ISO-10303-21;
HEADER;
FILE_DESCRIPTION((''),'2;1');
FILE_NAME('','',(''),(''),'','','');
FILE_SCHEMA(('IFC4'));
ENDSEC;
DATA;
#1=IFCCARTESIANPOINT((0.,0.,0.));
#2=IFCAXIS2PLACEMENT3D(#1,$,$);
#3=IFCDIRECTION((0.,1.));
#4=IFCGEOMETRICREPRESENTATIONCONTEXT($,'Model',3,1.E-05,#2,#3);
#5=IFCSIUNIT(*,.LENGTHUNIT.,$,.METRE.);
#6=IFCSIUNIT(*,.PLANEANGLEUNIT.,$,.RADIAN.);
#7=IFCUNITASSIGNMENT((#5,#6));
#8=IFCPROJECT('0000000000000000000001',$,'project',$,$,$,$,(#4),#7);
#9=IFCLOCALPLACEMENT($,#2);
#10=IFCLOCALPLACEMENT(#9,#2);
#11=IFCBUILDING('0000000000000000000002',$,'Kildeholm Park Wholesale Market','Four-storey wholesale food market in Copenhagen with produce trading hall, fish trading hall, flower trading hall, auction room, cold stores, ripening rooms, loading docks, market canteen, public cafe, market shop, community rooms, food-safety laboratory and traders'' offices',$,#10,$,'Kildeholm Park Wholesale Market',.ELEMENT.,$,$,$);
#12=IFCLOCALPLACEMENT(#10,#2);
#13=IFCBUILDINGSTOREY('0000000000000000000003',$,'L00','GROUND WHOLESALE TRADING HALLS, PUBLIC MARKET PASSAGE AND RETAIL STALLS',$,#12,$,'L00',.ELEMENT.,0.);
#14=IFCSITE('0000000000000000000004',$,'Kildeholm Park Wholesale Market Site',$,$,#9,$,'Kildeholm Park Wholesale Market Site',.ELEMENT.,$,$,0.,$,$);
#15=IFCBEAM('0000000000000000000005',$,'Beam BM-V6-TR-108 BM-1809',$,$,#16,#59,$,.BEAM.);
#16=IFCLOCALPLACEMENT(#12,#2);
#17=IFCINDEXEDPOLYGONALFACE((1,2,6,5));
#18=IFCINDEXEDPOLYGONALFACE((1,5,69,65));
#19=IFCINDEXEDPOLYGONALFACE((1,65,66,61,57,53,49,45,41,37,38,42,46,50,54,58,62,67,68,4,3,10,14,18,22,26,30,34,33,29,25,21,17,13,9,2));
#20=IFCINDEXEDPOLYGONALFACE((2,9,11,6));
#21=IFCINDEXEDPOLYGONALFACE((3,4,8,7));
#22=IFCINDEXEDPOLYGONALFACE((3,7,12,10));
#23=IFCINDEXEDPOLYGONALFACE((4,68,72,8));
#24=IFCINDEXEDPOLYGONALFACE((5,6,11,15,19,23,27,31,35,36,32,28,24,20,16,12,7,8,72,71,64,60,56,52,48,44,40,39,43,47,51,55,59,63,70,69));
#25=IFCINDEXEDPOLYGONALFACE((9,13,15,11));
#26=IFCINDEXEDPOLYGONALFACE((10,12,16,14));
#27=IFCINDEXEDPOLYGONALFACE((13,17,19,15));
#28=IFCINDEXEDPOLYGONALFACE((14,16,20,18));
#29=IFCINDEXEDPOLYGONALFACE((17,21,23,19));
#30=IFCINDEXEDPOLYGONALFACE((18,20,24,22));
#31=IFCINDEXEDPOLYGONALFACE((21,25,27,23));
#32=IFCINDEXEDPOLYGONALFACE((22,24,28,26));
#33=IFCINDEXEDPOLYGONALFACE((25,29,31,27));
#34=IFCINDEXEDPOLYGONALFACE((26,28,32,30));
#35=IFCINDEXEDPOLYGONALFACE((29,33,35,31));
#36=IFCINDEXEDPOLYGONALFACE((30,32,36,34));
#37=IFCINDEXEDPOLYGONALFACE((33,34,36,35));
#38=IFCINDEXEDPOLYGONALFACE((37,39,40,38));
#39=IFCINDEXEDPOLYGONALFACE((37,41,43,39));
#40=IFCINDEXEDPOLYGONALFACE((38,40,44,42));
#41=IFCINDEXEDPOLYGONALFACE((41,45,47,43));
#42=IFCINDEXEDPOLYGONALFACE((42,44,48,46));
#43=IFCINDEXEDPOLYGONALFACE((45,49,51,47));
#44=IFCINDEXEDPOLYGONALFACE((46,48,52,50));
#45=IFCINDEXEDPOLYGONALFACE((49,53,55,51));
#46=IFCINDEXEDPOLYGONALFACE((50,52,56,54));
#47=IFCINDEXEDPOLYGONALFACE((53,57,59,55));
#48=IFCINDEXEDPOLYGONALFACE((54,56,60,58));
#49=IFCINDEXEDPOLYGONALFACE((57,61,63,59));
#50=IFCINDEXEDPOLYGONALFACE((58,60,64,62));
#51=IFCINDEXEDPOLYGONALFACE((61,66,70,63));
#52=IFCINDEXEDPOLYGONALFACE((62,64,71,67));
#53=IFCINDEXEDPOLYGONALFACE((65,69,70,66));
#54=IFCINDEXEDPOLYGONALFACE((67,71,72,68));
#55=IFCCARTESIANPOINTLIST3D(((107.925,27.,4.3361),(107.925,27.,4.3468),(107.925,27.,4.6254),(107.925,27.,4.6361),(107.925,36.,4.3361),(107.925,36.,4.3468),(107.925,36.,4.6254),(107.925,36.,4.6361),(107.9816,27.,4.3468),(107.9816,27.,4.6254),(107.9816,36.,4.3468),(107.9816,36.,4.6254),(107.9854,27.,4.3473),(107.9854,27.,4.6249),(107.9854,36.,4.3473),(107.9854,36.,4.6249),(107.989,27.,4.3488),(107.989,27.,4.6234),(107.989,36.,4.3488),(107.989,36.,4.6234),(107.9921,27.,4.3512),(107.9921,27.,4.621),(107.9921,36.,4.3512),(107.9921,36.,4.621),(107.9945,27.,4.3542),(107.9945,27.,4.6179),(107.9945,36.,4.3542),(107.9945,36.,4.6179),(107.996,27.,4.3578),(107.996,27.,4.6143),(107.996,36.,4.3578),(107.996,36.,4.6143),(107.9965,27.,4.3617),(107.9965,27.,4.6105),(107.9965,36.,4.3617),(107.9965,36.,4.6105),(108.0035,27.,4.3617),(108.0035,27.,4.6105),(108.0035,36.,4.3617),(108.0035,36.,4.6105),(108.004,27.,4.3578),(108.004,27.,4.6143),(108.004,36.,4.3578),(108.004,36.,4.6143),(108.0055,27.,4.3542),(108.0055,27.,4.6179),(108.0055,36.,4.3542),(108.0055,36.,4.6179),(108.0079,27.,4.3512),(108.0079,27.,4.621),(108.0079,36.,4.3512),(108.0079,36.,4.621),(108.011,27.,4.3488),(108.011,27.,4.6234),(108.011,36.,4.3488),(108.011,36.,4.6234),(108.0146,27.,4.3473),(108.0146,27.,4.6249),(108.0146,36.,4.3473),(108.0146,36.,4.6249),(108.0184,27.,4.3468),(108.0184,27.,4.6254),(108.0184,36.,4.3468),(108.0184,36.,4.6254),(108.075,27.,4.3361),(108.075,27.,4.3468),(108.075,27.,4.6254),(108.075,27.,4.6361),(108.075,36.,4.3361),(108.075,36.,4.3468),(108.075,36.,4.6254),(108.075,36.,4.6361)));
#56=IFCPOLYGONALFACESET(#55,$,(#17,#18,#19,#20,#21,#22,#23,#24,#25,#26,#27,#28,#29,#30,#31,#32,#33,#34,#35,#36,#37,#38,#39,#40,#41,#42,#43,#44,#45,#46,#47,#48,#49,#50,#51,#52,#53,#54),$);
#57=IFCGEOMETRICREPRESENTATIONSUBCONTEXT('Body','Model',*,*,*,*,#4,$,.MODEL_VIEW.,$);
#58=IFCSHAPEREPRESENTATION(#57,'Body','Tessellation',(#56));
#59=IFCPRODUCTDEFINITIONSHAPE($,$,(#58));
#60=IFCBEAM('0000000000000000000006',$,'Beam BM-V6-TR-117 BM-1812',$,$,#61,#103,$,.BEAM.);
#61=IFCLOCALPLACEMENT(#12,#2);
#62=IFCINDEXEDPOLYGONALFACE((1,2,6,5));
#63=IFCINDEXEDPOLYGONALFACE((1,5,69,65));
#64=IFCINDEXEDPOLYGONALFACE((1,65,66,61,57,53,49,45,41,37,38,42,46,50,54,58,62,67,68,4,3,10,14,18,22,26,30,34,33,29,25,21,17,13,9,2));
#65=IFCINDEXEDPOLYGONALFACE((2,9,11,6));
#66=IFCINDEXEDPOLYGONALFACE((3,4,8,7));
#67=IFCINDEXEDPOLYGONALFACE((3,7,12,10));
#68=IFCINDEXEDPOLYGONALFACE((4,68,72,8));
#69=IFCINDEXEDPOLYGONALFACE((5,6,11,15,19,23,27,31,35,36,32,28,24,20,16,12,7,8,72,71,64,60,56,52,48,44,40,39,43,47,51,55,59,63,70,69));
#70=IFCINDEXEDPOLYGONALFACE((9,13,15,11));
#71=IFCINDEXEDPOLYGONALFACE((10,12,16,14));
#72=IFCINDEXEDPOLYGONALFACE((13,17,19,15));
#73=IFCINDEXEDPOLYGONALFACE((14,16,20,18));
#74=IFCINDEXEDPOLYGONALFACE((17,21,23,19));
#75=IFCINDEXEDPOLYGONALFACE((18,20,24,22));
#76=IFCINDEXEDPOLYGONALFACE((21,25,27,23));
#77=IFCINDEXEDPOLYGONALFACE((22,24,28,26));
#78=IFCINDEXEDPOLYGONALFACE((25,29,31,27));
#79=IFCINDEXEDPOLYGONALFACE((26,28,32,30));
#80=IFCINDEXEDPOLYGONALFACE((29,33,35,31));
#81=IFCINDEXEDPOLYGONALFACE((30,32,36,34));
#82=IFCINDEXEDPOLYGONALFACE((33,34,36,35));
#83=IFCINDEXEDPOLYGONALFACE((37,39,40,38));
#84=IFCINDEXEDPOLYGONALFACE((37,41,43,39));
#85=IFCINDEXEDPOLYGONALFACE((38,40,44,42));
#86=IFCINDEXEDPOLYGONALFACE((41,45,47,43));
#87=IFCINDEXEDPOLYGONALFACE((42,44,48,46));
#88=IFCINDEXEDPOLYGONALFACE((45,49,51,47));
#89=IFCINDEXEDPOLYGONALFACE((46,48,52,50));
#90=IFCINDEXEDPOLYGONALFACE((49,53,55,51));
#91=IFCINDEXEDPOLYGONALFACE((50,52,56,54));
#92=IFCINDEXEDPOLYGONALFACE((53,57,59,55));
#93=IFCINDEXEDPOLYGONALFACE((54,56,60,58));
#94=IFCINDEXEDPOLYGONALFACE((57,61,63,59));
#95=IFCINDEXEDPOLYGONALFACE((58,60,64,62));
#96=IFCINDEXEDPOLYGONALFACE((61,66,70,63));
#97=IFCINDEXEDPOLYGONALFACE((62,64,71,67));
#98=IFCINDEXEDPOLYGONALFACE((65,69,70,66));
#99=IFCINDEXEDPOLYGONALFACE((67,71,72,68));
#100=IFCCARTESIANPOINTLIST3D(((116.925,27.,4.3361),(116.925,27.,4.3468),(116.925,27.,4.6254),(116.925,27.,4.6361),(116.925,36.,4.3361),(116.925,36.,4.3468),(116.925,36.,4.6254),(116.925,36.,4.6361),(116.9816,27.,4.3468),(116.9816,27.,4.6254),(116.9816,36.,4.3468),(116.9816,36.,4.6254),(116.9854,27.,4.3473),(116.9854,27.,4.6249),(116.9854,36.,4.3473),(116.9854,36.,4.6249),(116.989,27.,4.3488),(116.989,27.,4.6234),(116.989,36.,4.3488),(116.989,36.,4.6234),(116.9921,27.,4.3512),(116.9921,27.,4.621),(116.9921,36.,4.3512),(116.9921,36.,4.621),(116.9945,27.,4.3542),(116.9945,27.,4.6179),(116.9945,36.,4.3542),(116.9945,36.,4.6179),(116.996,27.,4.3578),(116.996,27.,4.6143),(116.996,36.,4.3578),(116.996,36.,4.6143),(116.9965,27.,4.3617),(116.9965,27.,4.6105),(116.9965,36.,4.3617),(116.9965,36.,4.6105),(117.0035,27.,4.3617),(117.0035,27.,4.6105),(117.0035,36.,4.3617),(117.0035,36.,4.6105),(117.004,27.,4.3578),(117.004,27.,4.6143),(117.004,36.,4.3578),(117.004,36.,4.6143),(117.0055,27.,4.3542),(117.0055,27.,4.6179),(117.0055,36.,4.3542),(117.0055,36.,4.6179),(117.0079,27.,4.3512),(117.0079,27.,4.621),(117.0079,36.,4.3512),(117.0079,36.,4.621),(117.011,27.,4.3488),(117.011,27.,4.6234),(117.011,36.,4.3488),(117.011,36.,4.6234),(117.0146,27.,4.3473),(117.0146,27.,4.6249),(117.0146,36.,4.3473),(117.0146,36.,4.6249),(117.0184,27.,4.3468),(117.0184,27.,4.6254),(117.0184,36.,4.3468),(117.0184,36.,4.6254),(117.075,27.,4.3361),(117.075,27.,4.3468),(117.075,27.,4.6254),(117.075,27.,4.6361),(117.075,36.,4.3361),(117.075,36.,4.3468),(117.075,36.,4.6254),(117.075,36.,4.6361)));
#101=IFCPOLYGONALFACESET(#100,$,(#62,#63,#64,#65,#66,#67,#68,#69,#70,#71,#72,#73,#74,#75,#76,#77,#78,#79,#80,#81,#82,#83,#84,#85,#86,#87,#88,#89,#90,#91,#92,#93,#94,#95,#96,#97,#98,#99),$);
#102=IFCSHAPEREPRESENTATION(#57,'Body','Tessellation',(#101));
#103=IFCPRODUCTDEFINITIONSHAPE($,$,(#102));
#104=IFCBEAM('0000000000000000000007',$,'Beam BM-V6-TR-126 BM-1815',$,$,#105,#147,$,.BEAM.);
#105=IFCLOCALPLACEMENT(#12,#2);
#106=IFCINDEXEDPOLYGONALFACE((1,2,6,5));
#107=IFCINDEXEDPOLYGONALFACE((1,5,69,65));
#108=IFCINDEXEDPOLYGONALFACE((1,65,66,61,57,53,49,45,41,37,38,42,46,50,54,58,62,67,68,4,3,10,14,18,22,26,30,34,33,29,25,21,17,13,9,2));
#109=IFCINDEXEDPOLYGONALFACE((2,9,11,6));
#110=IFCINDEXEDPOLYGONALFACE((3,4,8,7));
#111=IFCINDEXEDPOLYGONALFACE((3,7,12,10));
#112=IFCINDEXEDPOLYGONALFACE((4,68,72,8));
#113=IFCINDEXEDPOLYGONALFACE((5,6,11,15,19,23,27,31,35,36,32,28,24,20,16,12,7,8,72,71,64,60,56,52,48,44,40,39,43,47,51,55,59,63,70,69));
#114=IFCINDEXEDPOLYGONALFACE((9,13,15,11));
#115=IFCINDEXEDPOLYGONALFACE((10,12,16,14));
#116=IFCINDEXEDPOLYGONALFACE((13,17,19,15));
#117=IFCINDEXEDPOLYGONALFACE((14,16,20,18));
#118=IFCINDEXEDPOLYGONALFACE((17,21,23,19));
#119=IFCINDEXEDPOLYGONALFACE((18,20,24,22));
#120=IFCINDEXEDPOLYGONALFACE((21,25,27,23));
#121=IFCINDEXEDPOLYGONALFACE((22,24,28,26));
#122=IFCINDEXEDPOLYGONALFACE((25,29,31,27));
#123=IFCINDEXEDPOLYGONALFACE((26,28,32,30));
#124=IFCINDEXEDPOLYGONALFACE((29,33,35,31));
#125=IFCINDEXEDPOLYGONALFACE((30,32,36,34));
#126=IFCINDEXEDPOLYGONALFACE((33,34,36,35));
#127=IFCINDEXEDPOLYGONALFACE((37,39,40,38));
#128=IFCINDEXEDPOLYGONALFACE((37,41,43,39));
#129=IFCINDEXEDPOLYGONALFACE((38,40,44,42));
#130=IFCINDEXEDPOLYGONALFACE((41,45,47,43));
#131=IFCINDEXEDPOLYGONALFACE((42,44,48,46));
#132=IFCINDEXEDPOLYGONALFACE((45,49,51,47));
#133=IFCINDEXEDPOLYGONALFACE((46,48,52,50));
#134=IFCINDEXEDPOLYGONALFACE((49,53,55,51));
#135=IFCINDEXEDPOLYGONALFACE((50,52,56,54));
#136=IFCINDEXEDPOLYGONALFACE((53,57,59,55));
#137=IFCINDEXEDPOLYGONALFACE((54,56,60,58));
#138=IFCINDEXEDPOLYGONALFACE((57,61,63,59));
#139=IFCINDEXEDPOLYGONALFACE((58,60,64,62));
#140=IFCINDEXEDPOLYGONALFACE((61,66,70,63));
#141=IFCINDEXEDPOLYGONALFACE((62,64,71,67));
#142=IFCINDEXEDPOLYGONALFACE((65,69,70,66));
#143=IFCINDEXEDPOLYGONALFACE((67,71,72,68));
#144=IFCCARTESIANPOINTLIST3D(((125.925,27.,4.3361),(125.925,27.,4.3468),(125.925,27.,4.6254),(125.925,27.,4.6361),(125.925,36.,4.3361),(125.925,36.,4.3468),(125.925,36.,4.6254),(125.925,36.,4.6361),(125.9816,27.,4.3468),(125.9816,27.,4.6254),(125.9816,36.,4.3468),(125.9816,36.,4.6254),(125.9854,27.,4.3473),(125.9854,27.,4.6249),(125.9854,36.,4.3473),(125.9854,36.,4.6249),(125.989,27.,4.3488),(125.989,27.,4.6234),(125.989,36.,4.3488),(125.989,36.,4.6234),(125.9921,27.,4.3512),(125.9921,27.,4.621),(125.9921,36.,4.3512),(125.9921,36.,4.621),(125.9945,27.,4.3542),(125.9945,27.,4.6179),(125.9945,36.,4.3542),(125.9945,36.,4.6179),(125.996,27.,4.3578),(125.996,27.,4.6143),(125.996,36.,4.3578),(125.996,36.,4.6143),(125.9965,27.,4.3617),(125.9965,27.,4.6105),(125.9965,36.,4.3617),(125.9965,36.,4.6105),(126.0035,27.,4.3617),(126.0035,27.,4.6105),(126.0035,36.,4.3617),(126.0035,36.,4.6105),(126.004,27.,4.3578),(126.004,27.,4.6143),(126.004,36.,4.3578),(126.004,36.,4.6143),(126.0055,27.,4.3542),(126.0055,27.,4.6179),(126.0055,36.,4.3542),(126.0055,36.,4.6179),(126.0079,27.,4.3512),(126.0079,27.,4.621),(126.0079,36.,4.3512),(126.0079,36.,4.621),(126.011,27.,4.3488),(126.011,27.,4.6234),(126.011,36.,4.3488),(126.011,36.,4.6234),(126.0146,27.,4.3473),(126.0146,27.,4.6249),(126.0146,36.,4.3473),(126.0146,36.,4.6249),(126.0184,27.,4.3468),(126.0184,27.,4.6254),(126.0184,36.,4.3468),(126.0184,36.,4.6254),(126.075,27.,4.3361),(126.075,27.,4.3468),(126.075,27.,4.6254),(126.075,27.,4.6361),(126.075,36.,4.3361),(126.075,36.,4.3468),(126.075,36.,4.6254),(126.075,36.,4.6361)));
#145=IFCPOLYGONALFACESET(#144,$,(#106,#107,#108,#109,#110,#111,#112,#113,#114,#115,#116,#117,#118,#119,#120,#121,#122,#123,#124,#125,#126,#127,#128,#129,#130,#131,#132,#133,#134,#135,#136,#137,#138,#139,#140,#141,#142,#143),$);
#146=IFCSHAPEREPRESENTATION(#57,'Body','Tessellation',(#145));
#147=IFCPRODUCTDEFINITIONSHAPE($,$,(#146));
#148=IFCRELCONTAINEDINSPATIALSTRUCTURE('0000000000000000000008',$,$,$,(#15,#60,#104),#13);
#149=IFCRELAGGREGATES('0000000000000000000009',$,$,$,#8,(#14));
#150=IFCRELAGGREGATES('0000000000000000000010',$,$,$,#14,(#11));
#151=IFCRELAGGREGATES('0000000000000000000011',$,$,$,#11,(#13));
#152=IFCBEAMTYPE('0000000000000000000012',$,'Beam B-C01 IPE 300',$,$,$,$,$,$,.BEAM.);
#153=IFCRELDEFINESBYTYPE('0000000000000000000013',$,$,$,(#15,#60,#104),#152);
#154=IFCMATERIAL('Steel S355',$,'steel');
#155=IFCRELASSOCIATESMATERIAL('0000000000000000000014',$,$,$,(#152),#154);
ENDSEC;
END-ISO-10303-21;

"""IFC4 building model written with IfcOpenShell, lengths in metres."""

from ifc_helpers import new_model, si_unit, direction, frame, origin, origin_2d, place, context, subcontext, project, spatial, i_section, extrude, material, material_profile, profile_set, type_object, element, save


model = new_model("IFC4")

# Units and contexts
model_context = context("Model", 3, precision=1e-05, world=origin(), true_north=direction((0.0, 1.0)))
body_context = subcontext(model_context, "Body", "Model", "MODEL_VIEW")
ifc_project = project(units=[si_unit("LENGTHUNIT", "METRE"), si_unit("PLANEANGLEUNIT", "RADIAN")], contexts=[model_context])

# Site, building, storey
site_placement = place(None, origin())
site = spatial("IfcSite", under=ifc_project, at=site_placement, Name="Kildeholm Park Wholesale Market Site", LongName="Kildeholm Park Wholesale Market Site", CompositionType="ELEMENT", RefElevation=0.0)
building_placement = place(site_placement, origin())
building = spatial("IfcBuilding", under=site, at=building_placement, Name="Kildeholm Park Wholesale Market", Description="Four-storey wholesale food market in Copenhagen with produce trading hall, fish trading hall, flower trading hall, auction room, cold stores, ripening rooms, loading docks, market canteen, public cafe, market shop, community rooms, food-safety laboratory and traders' offices", LongName="Kildeholm Park Wholesale Market", CompositionType="ELEMENT")
storey_placement = place(building_placement, origin())
storey = spatial("IfcBuildingStorey", under=building, at=storey_placement, Name="L00", Description="GROUND WHOLESALE TRADING HALLS, PUBLIC MARKET PASSAGE AND RETAIL STALLS", LongName="L00", CompositionType="ELEMENT", Elevation=0.0)

# Shared definitions
ifc_material_1 = material(Name="Steel S355", Category="steel")

# Beams
ifc_material_profile_1 = material_profile(ifc_material_1, i_section(OverallWidth=0.1499, OverallDepth=0.3, WebThickness=0.0071, FlangeThickness=0.0107, FilletRadius=0.0149, at=origin_2d()), Name="IPE 300")
ifc_profile_set_1 = profile_set([ifc_material_profile_1], Name="Steel S355")
beam_type_1 = type_object("IfcBeamType", Name="Beam B-C01 IPE 300", PredefinedType="BEAM", material=ifc_profile_set_1)
for number, where, z_axis, x_axis, name in (
    (1, (108.0, 27.0, 4.4861), (0.0, 1.0, 0.0), (-1.0, 0.0, 0.0), "Beam BM-V6-TR-108 BM-1809"),
    (2, (117.0, 27.0, 4.4861), (0.0, 1.0, 0.0), (-1.0, 0.0, 0.0), "Beam BM-V6-TR-117 BM-1812"),
    (3, (126.0, 27.0, 4.4861), (0.0, 1.0, 0.0), (-1.0, 0.0, 0.0), "Beam BM-V6-TR-126 BM-1815"),
):
    element("IfcBeam", number, at=place(storey_placement, frame(where, z_axis=z_axis, x_axis=x_axis)), inside=storey, type_object=beam_type_1, Name=name, PredefinedType="BEAM", context=body_context, shape_type="SweptSolid", body=[
        extrude(i_section(OverallWidth=0.1499, OverallDepth=0.3, WebThickness=0.0071, FlangeThickness=0.0107, FilletRadius=0.0149, at=origin_2d()), origin(), (0.0, 0.0, 1.0), 9.0),
    ])

save(model, "model.ifc")
